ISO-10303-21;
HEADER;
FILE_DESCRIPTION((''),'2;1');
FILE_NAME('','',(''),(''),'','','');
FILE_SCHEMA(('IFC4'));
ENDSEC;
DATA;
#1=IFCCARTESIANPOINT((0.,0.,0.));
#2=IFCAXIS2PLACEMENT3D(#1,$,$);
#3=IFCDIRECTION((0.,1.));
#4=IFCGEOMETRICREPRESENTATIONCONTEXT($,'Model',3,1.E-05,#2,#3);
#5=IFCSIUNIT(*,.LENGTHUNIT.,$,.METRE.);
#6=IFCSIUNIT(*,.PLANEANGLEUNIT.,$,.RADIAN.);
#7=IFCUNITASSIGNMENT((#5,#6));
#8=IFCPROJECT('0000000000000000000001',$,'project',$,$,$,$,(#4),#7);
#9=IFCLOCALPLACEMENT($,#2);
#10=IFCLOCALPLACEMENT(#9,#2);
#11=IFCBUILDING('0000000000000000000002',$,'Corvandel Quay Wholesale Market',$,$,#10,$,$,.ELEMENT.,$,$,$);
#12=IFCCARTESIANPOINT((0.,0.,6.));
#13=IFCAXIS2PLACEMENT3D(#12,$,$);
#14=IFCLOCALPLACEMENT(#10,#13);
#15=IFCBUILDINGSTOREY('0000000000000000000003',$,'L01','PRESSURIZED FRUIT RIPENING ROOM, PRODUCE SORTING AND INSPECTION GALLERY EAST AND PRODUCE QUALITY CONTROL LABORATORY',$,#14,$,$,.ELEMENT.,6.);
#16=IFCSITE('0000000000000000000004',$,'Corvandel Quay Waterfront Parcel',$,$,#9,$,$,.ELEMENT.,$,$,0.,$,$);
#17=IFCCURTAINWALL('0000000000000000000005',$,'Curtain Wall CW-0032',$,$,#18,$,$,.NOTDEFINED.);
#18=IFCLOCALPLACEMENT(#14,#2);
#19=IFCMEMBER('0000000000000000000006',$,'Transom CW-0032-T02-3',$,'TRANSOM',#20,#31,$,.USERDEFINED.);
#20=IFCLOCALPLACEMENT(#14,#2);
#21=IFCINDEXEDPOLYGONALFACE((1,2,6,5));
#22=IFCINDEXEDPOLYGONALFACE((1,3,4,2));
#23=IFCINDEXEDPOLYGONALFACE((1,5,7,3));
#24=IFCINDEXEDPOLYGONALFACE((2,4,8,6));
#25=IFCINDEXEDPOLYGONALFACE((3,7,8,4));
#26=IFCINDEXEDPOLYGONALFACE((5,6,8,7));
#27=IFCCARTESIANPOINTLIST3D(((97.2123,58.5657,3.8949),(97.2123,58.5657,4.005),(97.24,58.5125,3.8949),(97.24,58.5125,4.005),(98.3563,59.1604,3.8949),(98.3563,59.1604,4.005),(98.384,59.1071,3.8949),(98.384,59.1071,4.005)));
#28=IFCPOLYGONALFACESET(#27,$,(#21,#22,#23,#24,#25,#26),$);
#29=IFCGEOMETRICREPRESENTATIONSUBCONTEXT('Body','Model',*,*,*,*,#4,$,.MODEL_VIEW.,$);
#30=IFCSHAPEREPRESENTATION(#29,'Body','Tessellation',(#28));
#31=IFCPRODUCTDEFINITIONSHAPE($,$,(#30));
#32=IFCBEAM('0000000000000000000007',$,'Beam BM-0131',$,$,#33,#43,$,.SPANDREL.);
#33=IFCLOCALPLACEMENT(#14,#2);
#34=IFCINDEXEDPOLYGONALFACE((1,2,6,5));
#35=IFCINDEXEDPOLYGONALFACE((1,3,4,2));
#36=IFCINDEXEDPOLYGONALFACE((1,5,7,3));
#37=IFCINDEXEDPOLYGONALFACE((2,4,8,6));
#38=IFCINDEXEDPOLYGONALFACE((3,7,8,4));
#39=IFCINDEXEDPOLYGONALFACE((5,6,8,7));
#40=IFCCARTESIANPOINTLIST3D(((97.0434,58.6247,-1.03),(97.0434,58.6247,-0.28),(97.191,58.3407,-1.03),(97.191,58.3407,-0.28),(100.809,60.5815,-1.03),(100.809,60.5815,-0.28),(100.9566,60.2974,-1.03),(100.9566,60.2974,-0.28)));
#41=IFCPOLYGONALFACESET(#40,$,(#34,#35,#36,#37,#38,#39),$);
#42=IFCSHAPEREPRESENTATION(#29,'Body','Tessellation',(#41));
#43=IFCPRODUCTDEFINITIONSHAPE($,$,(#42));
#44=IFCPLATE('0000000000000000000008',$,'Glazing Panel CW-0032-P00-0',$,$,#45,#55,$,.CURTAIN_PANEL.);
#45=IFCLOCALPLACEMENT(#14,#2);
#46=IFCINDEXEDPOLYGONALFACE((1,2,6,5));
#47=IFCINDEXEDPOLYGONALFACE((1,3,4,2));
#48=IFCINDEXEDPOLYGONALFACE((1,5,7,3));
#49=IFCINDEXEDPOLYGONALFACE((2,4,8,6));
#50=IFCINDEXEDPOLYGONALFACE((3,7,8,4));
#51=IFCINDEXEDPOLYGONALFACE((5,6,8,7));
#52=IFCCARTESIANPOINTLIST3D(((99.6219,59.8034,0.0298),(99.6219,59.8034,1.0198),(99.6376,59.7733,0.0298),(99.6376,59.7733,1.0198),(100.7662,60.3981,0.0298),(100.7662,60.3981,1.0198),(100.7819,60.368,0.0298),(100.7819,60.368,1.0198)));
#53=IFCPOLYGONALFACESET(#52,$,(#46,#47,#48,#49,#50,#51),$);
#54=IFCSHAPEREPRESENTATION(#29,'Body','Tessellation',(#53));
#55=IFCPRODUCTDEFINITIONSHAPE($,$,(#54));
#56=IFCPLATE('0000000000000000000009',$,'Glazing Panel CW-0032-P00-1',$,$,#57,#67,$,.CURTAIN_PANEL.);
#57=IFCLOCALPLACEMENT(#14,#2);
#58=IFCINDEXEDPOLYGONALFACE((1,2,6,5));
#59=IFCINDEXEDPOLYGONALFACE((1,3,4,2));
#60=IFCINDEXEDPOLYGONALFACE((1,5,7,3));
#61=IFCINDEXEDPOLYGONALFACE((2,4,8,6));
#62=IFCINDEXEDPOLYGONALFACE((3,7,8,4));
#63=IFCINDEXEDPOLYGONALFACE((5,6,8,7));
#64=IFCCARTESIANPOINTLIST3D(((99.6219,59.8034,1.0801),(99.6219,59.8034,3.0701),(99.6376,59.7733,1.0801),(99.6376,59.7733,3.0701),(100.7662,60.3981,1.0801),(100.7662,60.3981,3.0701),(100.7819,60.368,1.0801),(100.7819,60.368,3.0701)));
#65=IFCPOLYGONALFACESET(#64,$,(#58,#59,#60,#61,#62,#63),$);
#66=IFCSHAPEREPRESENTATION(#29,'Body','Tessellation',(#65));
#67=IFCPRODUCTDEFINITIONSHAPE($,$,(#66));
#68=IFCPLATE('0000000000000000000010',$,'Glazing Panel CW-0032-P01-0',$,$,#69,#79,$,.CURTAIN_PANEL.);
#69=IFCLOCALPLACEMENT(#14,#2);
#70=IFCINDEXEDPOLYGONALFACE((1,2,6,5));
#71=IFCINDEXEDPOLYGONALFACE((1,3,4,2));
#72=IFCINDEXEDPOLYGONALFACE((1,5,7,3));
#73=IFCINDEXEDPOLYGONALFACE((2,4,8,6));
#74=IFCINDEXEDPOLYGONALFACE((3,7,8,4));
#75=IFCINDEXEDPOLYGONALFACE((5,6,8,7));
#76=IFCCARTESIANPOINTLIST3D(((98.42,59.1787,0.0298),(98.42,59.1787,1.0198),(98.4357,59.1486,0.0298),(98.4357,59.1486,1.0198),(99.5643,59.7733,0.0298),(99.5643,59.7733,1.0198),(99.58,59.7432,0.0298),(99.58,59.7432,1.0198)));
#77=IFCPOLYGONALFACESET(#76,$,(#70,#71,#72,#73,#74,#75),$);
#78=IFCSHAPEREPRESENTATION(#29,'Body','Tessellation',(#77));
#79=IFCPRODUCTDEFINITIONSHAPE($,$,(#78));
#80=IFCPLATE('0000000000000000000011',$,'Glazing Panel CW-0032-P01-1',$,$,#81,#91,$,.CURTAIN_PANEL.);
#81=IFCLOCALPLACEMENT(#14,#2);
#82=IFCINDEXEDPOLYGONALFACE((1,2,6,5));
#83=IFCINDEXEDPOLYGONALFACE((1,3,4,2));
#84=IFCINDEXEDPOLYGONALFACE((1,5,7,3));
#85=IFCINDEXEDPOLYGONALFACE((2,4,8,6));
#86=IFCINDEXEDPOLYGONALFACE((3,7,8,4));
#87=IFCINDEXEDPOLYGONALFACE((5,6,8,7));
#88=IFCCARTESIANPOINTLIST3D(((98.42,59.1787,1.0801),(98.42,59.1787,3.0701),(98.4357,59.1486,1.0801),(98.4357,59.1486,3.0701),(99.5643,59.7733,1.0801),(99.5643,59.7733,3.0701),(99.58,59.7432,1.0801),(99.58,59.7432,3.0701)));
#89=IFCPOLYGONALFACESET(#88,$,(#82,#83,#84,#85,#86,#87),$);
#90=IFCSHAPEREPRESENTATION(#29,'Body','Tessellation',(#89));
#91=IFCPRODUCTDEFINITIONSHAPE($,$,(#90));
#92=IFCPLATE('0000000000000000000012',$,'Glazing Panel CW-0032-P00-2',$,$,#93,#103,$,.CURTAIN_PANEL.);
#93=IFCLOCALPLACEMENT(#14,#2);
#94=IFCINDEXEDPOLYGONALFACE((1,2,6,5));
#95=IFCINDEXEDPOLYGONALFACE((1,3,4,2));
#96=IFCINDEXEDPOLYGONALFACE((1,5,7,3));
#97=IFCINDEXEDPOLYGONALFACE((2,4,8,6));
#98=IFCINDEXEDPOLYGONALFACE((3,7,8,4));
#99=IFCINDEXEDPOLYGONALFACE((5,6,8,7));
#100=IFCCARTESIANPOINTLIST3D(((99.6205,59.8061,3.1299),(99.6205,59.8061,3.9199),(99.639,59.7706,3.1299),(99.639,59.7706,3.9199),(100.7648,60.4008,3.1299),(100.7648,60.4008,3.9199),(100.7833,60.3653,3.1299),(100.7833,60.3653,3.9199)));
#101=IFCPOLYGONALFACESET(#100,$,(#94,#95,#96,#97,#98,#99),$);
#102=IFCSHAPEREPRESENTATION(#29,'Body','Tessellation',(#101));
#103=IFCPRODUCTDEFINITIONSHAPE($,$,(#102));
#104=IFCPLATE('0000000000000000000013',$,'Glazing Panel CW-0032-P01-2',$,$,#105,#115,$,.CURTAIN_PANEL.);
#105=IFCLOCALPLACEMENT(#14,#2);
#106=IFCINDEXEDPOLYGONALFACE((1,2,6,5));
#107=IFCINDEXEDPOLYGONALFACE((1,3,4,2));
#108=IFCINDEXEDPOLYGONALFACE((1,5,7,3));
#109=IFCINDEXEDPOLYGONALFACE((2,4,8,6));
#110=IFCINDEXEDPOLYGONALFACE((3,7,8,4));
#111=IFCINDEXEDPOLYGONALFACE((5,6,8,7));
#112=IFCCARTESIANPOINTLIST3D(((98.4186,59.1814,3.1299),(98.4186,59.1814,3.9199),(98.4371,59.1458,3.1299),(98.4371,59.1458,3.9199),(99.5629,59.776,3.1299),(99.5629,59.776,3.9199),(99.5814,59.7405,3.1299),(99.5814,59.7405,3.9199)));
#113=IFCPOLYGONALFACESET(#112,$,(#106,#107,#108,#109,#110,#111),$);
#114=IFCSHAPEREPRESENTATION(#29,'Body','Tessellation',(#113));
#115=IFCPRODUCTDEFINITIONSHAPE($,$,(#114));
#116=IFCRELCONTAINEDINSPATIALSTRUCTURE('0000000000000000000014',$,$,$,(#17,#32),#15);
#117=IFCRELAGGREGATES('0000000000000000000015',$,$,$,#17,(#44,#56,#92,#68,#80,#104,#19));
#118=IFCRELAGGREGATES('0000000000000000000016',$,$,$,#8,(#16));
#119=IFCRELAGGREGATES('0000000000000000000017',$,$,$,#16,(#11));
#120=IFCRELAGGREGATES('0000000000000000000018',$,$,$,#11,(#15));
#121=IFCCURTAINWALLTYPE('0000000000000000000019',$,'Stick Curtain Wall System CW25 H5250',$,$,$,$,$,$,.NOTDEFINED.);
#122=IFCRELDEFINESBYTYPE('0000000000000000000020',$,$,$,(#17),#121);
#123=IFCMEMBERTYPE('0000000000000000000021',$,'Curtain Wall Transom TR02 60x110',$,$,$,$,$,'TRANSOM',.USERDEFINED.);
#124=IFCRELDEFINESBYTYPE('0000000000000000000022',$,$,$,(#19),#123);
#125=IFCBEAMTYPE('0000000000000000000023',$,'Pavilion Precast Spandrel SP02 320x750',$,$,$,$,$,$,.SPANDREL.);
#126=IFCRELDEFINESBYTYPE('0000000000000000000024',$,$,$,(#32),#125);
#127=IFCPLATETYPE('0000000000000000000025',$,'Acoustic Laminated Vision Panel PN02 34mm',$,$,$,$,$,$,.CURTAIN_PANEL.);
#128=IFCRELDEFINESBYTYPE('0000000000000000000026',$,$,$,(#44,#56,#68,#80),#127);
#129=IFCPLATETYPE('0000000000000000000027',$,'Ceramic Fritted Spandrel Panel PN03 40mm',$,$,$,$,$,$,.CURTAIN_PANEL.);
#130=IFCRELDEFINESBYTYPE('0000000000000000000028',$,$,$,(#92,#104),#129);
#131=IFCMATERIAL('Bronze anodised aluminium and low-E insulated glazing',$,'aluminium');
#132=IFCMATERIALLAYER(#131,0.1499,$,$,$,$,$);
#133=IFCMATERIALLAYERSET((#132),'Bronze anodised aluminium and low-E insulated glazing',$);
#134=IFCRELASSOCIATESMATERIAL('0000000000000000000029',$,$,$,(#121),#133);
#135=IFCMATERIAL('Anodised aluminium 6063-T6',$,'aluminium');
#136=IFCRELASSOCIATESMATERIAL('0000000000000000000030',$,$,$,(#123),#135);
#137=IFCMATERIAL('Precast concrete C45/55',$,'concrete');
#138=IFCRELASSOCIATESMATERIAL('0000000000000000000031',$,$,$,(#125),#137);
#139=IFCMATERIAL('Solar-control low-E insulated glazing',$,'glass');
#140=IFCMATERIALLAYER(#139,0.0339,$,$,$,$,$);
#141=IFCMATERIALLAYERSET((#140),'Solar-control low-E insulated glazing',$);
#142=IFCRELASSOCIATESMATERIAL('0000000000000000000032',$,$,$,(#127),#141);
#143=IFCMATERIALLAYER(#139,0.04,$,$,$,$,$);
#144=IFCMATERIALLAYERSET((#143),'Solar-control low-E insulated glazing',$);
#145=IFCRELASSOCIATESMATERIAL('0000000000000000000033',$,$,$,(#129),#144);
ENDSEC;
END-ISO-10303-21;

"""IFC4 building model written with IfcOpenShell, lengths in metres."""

from ifc_helpers import new_model, si_unit, direction, frame, origin, origin_2d, place, context, subcontext, project, spatial, rectangle, extrude, material, layer, layer_set, material_profile, profile_set, type_object, element, aggregate, save


model = new_model("IFC4")

# Units and contexts
model_context = context("Model", 3, precision=1e-05, world=origin(), true_north=direction((0.0, 1.0)))
body_context = subcontext(model_context, "Body", "Model", "MODEL_VIEW")
ifc_project = project(units=[si_unit("LENGTHUNIT", "METRE"), si_unit("PLANEANGLEUNIT", "RADIAN")], contexts=[model_context])

# Site, building, storey
site_placement = place(None, origin())
site = spatial("IfcSite", under=ifc_project, at=site_placement, Name="Corvandel Quay Waterfront Parcel", CompositionType="ELEMENT", RefElevation=0.0)
building_placement = place(site_placement, origin())
building = spatial("IfcBuilding", under=site, at=building_placement, Name="Corvandel Quay Wholesale Market", CompositionType="ELEMENT")
storey_placement = place(building_placement, frame((0.0, 0.0, 6.0)))
storey = spatial("IfcBuildingStorey", under=building, at=storey_placement, Name="L01", Description="PRESSURIZED FRUIT RIPENING ROOM, PRODUCE SORTING AND INSPECTION GALLERY EAST AND PRODUCE QUALITY CONTROL LABORATORY", CompositionType="ELEMENT", Elevation=6.0)

# Curtain wall, member
ifc_material_1 = material(Name="Bronze anodised aluminium and low-E insulated glazing", Category="aluminium")
ifc_layer_1 = layer(ifc_material_1, 0.1499)
ifc_layer_set_1 = layer_set([ifc_layer_1], Name="Bronze anodised aluminium and low-E insulated glazing")
curtain_wall_type = type_object("IfcCurtainWallType", Name="Stick Curtain Wall System CW25 H5250", PredefinedType="NOTDEFINED", material=ifc_layer_set_1)
curtain_wall_placement = place(storey_placement, origin())
curtain_wall = element("IfcCurtainWall", 1, at=curtain_wall_placement, inside=storey, type_object=curtain_wall_type, Name="Curtain Wall CW-0032", PredefinedType="NOTDEFINED")
ifc_material_2 = material(Name="Anodised aluminium 6063-T6", Category="aluminium")
ifc_material_profile_1 = material_profile(ifc_material_2, rectangle(XDim=0.0601, YDim=0.1101, at=origin_2d()), Name="ALU-TRN-60x110")
ifc_profile_set_1 = profile_set([ifc_material_profile_1], Name="Anodised aluminium 6063-T6")
member_type_1 = type_object("IfcMemberType", Name="Curtain Wall Transom TR02 60x110", ElementType="TRANSOM", PredefinedType="USERDEFINED", material=ifc_profile_set_1)
member_1_placement = place(storey_placement, frame((98.3701, 59.1338, 3.95), z_axis=(-0.887273, -0.461245, 0.0), x_axis=(0.461245, -0.887273, 0.0)))
member_1 = element("IfcMember", 2, at=member_1_placement, type_object=member_type_1, Name="Transom CW-0032-T02-3", ObjectType="TRANSOM", PredefinedType="USERDEFINED", context=body_context, shape_type="SweptSolid", body=[
    extrude(rectangle(XDim=0.0601, YDim=0.1101, at=origin_2d()), origin(), (0.0, 0.0, 1.0), 1.2893),
])

# Beam
ifc_material_3 = material(Name="Precast concrete C45/55", Category="concrete")
ifc_material_profile_2 = material_profile(ifc_material_3, rectangle(XDim=0.3201, YDim=0.75, at=origin_2d()), Name="PC-SPN-320x750")
ifc_profile_set_2 = profile_set([ifc_material_profile_2], Name="Precast concrete C45/55")
beam_type = type_object("IfcBeamType", Name="Pavilion Precast Spandrel SP02 320x750", PredefinedType="SPANDREL", material=ifc_profile_set_2)
beam_placement = place(storey_placement, frame((100.8828, 60.4395, -0.655), z_axis=(-0.887346, -0.461105, 0.0), x_axis=(0.461105, -0.887346, 0.0)))
element("IfcBeam", 3, at=beam_placement, inside=storey, type_object=beam_type, Name="Beam BM-0131", PredefinedType="SPANDREL", context=body_context, shape_type="SweptSolid", body=[
    extrude(rectangle(XDim=0.3201, YDim=0.75, at=origin_2d()), origin(), (0.0, 0.0, 1.0), 4.2437),
])

# Plates
ifc_material_4 = material(Name="Solar-control low-E insulated glazing", Category="glass")
ifc_layer_2 = layer(ifc_material_4, 0.0339)
ifc_layer_set_2 = layer_set([ifc_layer_2], Name="Solar-control low-E insulated glazing")
plate_type_1 = type_object("IfcPlateType", Name="Acoustic Laminated Vision Panel PN02 34mm", PredefinedType="CURTAIN_PANEL", material=ifc_layer_set_2)
plate_1_placement = place(storey_placement, frame((100.2019, 60.0857, 0.0298), z_axis=(0.0, 0.0, 1.0), x_axis=(0.887333, 0.461129, 0.0)))
plate_1 = element("IfcPlate", 4, at=plate_1_placement, type_object=plate_type_1, Name="Glazing Panel CW-0032-P00-0", PredefinedType="CURTAIN_PANEL", context=body_context, shape_type="SweptSolid", body=[
    extrude(rectangle(XDim=1.2896, YDim=0.0339, at=origin_2d()), origin(), (0.0, 0.0, 1.0), 0.99),
])
plate_2_placement = place(storey_placement, frame((100.2019, 60.0857, 1.0801), z_axis=(0.0, 0.0, 1.0), x_axis=(0.887333, 0.461129, 0.0)))
plate_2 = element("IfcPlate", 5, at=plate_2_placement, type_object=plate_type_1, Name="Glazing Panel CW-0032-P00-1", PredefinedType="CURTAIN_PANEL", context=body_context, shape_type="SweptSolid", body=[
    extrude(rectangle(XDim=1.2896, YDim=0.0339, at=origin_2d()), origin(), (0.0, 0.0, 1.0), 1.99),
])
plate_3_placement = place(storey_placement, frame((99.0, 59.4609, 0.0298), z_axis=(0.0, 0.0, 1.0), x_axis=(0.887333, 0.461129, 0.0)))
plate_3 = element("IfcPlate", 6, at=plate_3_placement, type_object=plate_type_1, Name="Glazing Panel CW-0032-P01-0", PredefinedType="CURTAIN_PANEL", context=body_context, shape_type="SweptSolid", body=[
    extrude(rectangle(XDim=1.2896, YDim=0.0339, at=origin_2d()), origin(), (0.0, 0.0, 1.0), 0.99),
])
plate_4_placement = place(storey_placement, frame((99.0, 59.4609, 1.0801), z_axis=(0.0, 0.0, 1.0), x_axis=(0.887333, 0.461129, 0.0)))
plate_4 = element("IfcPlate", 7, at=plate_4_placement, type_object=plate_type_1, Name="Glazing Panel CW-0032-P01-1", PredefinedType="CURTAIN_PANEL", context=body_context, shape_type="SweptSolid", body=[
    extrude(rectangle(XDim=1.2896, YDim=0.0339, at=origin_2d()), origin(), (0.0, 0.0, 1.0), 1.99),
])
ifc_layer_3 = layer(ifc_material_4, 0.04)
ifc_layer_set_3 = layer_set([ifc_layer_3], Name="Solar-control low-E insulated glazing")
plate_type_2 = type_object("IfcPlateType", Name="Ceramic Fritted Spandrel Panel PN03 40mm", PredefinedType="CURTAIN_PANEL", material=ifc_layer_set_3)
plate_5_placement = place(storey_placement, frame((100.2019, 60.0857, 3.1299), z_axis=(0.0, 0.0, 1.0), x_axis=(0.887333, 0.461129, 0.0)))
plate_5 = element("IfcPlate", 8, at=plate_5_placement, type_object=plate_type_2, Name="Glazing Panel CW-0032-P00-2", PredefinedType="CURTAIN_PANEL", context=body_context, shape_type="SweptSolid", body=[
    extrude(rectangle(XDim=1.2896, YDim=0.04, at=origin_2d()), origin(), (0.0, 0.0, 1.0), 0.79),
])
plate_6_placement = place(storey_placement, frame((99.0, 59.4609, 3.1299), z_axis=(0.0, 0.0, 1.0), x_axis=(0.887333, 0.461129, 0.0)))
plate_6 = element("IfcPlate", 9, at=plate_6_placement, type_object=plate_type_2, Name="Glazing Panel CW-0032-P01-2", PredefinedType="CURTAIN_PANEL", context=body_context, shape_type="SweptSolid", body=[
    extrude(rectangle(XDim=1.2896, YDim=0.04, at=origin_2d()), origin(), (0.0, 0.0, 1.0), 0.79),
])
aggregate(curtain_wall, [plate_1, plate_2, plate_5, plate_3, plate_4, plate_6, member_1])

save(model, "model.ifc")
